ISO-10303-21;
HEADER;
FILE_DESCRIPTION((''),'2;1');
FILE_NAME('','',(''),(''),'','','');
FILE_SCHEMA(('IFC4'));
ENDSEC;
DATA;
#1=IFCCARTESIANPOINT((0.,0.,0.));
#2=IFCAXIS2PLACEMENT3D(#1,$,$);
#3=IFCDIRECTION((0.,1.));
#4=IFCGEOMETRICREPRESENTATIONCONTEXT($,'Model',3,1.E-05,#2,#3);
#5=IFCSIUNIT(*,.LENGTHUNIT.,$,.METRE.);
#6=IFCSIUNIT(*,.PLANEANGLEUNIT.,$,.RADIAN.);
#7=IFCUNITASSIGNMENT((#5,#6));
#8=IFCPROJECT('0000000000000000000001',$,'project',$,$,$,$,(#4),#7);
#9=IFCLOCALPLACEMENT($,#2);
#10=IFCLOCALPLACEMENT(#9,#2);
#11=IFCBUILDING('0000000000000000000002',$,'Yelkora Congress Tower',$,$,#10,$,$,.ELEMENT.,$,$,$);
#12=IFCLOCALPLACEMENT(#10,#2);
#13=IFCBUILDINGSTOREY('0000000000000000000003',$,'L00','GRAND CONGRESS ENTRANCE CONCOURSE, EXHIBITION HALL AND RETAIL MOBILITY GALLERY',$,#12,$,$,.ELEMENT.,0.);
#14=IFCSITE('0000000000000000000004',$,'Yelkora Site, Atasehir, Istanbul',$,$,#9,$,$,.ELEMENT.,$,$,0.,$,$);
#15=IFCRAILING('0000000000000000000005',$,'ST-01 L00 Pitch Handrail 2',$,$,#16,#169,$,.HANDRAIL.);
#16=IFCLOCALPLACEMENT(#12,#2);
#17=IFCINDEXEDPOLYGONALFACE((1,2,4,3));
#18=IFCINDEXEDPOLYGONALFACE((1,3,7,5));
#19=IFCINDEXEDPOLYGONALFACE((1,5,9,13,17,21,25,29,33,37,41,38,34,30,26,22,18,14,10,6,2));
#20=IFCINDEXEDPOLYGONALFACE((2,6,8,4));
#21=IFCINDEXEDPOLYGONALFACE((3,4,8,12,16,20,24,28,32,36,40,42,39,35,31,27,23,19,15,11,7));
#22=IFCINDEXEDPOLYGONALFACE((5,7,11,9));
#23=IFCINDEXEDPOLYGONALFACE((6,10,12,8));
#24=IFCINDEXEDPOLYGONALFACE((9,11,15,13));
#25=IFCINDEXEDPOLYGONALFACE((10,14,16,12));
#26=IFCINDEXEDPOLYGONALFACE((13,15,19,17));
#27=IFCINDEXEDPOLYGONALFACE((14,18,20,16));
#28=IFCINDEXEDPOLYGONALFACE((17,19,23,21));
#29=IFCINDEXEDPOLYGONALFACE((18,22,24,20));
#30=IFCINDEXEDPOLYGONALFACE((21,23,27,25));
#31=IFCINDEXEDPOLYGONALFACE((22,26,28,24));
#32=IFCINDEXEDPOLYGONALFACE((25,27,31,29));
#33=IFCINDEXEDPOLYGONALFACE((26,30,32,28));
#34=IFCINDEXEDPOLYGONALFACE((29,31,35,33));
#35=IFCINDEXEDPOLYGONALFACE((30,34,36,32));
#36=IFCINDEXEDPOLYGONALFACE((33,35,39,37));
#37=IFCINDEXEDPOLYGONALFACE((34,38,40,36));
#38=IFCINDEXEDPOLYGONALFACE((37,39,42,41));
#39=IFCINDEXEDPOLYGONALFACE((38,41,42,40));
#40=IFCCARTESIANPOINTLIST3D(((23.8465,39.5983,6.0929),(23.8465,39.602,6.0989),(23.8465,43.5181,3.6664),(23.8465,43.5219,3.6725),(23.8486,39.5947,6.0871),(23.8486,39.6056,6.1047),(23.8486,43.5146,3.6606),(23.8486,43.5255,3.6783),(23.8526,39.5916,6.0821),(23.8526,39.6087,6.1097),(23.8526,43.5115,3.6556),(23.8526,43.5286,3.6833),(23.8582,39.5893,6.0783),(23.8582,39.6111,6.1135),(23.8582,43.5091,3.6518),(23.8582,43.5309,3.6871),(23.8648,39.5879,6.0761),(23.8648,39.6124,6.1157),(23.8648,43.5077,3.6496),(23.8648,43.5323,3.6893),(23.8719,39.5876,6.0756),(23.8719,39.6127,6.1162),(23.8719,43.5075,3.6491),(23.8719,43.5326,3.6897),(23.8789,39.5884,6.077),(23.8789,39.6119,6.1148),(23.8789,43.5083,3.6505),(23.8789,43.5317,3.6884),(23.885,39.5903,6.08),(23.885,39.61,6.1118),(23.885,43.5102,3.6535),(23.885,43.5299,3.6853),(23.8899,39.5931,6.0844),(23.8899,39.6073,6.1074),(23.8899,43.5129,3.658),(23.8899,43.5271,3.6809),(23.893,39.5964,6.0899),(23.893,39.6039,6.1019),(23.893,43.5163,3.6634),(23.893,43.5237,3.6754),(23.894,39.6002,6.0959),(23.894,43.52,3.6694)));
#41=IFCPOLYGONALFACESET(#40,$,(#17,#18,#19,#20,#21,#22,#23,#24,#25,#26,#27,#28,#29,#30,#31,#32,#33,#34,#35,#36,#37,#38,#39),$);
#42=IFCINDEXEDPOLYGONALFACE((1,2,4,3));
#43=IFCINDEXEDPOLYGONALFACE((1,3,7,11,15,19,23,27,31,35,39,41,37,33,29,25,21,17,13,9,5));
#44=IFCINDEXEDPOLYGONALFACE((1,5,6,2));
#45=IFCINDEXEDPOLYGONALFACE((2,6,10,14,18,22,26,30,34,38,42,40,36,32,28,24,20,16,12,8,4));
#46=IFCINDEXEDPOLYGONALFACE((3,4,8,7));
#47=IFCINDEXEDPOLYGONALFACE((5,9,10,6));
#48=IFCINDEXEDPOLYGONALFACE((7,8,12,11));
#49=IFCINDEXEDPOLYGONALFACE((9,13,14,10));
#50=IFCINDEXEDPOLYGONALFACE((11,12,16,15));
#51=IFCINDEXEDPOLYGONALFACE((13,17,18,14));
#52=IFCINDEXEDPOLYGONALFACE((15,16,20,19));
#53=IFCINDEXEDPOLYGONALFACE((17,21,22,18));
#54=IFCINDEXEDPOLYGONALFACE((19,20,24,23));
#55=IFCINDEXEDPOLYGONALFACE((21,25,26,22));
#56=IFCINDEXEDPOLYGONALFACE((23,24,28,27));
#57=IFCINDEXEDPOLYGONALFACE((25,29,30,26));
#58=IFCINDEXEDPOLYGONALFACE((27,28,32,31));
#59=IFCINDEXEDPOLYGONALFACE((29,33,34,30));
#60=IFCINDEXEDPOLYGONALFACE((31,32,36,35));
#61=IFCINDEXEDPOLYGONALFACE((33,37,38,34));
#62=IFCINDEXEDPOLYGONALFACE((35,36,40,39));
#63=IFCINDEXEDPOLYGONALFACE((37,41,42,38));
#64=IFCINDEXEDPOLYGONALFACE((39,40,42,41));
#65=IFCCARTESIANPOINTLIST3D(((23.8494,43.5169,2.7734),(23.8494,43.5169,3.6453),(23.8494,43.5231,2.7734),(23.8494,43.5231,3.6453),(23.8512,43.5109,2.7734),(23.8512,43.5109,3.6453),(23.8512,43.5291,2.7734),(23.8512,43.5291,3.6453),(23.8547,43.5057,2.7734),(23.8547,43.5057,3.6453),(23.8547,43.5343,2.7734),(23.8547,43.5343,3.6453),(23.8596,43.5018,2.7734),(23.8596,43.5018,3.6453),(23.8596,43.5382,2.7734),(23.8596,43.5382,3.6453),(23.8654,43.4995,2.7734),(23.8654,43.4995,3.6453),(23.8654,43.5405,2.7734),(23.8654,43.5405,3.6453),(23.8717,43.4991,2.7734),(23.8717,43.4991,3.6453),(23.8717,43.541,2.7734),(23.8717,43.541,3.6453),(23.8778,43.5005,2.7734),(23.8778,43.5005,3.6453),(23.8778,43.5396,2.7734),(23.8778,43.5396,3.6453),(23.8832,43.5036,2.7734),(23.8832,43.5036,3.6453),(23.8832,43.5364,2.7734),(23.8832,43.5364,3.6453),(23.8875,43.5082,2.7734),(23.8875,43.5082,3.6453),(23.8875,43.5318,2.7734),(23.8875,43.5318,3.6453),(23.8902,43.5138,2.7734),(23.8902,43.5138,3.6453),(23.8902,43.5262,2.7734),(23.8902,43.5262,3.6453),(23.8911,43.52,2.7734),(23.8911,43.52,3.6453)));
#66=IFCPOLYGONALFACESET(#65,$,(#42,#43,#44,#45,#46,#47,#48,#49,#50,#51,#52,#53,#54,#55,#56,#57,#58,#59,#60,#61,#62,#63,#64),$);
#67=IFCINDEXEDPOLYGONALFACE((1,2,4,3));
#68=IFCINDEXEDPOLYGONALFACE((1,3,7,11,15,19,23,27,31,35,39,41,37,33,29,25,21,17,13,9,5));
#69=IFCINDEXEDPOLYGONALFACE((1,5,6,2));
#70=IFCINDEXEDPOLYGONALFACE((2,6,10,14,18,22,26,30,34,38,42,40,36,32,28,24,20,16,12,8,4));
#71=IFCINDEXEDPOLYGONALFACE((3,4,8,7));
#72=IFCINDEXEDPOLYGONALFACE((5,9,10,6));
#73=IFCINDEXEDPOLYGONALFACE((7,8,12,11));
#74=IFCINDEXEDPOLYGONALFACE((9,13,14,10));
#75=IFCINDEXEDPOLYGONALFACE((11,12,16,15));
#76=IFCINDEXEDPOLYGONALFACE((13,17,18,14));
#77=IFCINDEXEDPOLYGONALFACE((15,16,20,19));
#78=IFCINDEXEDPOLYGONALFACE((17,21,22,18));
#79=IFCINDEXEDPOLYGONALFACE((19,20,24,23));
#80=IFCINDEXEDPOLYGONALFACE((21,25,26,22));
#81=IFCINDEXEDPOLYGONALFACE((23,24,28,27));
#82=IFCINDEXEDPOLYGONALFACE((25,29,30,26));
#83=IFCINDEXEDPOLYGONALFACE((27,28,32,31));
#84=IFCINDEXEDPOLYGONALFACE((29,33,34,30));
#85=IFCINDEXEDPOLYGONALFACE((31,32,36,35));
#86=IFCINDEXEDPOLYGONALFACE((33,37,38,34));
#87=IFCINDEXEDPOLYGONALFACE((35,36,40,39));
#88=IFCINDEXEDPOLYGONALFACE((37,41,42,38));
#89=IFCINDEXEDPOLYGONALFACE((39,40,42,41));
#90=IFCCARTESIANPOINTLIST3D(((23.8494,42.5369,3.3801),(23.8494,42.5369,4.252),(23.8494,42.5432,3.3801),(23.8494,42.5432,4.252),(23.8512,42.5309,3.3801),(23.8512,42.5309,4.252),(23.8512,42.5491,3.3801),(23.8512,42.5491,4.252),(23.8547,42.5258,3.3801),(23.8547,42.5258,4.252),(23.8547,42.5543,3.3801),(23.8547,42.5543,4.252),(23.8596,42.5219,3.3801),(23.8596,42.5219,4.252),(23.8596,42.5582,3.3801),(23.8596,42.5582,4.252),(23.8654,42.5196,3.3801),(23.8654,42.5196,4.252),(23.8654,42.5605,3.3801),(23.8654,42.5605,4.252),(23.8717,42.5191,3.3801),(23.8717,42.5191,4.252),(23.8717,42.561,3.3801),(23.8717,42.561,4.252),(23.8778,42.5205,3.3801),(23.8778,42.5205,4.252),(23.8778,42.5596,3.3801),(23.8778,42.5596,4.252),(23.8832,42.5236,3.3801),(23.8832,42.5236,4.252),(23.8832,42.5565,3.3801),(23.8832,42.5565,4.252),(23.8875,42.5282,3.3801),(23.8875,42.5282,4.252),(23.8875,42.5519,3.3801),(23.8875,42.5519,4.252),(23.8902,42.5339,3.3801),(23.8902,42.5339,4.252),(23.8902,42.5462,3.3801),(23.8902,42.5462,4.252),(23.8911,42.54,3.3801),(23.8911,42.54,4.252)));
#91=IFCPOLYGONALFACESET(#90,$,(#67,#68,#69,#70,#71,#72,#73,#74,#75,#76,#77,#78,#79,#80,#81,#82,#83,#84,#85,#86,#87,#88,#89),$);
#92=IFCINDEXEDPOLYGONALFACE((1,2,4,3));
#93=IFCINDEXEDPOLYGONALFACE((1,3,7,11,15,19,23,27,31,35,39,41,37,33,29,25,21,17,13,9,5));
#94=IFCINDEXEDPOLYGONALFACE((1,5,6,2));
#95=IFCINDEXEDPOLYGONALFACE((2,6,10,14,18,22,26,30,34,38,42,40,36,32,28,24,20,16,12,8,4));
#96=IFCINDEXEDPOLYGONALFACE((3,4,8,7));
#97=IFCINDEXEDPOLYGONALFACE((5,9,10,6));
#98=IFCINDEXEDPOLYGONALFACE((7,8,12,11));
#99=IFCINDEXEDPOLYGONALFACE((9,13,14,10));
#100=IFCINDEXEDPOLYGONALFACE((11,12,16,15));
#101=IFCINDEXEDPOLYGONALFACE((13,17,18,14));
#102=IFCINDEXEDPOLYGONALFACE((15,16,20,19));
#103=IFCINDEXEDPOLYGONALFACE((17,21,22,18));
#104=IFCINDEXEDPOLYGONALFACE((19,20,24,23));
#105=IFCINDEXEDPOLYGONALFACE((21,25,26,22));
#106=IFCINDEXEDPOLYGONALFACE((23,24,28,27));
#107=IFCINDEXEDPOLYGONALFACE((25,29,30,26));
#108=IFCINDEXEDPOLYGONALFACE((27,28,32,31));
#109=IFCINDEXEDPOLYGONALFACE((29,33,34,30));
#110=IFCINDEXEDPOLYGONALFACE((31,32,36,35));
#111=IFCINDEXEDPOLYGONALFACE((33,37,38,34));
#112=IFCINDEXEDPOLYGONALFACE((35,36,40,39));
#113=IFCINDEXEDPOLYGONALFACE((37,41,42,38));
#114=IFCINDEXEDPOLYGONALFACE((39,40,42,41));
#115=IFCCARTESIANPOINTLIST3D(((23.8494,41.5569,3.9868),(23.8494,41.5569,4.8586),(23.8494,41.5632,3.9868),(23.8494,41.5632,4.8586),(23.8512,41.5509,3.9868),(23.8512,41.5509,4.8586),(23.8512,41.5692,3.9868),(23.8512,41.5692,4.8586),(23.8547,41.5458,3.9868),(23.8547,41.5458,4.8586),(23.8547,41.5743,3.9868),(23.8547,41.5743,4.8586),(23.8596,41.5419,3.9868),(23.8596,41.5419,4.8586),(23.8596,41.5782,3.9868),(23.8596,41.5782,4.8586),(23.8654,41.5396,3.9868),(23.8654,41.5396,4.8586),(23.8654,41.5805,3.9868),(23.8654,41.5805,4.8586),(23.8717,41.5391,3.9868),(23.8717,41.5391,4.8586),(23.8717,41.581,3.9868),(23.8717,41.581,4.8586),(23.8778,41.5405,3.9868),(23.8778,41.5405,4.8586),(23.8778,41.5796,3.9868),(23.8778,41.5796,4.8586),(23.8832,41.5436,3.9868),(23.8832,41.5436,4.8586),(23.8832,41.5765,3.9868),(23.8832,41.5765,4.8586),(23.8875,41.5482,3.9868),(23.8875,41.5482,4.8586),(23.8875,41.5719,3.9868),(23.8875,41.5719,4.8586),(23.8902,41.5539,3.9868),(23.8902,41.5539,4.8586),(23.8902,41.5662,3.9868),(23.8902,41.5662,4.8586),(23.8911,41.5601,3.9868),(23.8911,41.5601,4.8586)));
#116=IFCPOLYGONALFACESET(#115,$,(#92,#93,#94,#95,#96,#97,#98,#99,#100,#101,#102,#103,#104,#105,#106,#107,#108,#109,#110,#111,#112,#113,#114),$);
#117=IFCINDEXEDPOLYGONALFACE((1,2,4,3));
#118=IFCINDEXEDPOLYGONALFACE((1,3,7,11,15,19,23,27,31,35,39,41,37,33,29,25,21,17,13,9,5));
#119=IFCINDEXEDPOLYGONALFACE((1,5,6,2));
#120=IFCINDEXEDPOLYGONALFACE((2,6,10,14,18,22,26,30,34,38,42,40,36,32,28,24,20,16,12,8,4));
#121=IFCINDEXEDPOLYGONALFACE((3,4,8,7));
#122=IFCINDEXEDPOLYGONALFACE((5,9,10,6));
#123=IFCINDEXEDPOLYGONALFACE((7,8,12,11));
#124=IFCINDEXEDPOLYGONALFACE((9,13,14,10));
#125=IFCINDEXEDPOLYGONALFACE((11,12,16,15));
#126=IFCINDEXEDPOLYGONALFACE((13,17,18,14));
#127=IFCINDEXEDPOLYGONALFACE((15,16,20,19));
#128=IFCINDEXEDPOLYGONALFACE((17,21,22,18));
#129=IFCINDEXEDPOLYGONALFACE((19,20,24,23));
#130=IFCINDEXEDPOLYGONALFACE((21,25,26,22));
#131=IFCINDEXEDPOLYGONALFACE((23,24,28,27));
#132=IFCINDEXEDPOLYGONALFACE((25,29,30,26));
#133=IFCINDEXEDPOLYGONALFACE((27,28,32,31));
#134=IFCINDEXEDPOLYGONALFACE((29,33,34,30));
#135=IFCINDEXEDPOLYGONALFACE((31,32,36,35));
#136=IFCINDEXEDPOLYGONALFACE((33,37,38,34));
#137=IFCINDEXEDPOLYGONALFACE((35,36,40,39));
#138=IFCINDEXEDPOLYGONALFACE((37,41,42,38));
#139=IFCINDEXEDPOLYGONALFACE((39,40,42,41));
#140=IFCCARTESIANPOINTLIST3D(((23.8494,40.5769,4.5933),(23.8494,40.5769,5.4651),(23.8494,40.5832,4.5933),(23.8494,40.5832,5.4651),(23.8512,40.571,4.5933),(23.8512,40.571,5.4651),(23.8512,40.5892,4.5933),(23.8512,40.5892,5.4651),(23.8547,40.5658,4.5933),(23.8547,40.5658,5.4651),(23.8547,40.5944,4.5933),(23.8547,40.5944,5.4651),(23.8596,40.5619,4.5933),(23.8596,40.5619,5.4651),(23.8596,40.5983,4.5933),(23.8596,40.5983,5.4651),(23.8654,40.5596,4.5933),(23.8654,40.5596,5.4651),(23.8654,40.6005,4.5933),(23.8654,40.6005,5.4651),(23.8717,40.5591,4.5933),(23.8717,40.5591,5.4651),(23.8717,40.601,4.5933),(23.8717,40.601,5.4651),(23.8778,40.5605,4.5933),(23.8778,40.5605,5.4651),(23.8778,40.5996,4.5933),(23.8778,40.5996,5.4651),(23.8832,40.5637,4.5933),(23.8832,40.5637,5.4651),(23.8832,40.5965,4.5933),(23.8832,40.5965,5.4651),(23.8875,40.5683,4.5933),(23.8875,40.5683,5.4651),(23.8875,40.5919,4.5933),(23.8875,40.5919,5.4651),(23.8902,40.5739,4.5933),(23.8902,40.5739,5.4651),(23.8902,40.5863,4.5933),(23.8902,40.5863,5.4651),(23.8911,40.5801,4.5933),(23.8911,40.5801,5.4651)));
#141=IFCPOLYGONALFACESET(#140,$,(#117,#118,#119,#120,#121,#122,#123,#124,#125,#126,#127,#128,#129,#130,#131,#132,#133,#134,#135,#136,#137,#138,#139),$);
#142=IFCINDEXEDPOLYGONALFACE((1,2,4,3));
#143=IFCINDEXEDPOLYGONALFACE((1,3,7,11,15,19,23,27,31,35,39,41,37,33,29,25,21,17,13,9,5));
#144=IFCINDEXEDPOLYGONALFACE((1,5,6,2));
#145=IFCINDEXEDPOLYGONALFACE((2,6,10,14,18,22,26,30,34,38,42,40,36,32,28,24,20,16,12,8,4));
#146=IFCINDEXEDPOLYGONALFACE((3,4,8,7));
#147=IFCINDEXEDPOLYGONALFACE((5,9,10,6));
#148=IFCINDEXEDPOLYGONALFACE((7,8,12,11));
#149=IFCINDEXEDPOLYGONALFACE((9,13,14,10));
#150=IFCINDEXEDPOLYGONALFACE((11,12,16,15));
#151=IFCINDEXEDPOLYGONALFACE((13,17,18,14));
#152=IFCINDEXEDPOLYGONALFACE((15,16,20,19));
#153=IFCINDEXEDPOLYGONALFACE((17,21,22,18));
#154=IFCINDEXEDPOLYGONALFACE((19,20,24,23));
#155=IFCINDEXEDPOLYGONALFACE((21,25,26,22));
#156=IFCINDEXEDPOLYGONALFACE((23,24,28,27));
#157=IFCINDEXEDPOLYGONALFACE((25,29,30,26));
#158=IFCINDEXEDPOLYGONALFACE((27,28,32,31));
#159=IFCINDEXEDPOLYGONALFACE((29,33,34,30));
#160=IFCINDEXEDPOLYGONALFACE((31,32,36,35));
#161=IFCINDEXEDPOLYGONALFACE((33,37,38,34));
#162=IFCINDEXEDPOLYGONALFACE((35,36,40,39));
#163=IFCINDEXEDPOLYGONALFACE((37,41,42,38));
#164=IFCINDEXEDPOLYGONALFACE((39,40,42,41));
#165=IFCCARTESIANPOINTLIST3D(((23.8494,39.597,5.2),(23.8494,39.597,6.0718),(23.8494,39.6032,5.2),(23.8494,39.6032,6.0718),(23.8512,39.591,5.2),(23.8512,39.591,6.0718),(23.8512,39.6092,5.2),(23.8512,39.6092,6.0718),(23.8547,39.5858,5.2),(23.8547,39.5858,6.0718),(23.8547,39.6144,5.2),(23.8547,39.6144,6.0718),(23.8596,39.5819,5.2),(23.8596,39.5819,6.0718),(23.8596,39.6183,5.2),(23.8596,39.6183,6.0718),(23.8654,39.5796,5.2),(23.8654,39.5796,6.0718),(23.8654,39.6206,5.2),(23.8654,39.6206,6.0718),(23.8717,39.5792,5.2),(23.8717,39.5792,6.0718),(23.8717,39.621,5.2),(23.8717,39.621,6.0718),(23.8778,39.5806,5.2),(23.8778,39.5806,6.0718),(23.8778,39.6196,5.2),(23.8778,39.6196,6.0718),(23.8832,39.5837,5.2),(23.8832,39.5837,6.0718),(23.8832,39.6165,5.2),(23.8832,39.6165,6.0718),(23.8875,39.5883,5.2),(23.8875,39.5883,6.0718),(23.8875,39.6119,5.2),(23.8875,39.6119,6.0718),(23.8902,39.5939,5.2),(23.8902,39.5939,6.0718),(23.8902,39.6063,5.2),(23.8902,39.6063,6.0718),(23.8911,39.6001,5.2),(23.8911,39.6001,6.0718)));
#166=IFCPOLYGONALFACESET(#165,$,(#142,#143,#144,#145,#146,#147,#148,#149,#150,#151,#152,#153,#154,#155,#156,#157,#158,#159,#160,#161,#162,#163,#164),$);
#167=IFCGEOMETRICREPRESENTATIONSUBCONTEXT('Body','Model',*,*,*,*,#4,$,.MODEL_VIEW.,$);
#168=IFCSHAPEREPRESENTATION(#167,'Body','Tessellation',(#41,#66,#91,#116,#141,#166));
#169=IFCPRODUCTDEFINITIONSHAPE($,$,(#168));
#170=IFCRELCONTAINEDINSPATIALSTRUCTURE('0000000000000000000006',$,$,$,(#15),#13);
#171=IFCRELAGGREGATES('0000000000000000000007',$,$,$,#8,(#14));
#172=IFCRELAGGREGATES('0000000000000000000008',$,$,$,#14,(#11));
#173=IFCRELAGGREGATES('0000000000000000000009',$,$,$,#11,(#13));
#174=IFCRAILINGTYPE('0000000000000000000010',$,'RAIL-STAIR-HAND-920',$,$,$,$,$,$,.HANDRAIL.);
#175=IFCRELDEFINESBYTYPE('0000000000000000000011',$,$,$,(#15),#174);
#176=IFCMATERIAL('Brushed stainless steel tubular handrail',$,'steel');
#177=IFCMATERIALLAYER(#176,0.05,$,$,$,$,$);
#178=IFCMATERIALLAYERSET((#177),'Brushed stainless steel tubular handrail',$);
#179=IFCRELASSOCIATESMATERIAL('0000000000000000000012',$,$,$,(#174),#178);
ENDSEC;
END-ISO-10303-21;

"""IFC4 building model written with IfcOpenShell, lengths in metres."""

from ifc_helpers import new_model, si_unit, direction, frame, origin, origin_2d, place, context, subcontext, project, spatial, circle, extrude, material, layer, layer_set, type_object, element, save


model = new_model("IFC4")

# Units and contexts
model_context = context("Model", 3, precision=1e-05, world=origin(), true_north=direction((0.0, 1.0)))
body_context = subcontext(model_context, "Body", "Model", "MODEL_VIEW")
ifc_project = project(units=[si_unit("LENGTHUNIT", "METRE"), si_unit("PLANEANGLEUNIT", "RADIAN")], contexts=[model_context])

# Site, building, storey
site_placement = place(None, origin())
site = spatial("IfcSite", under=ifc_project, at=site_placement, Name="Yelkora Site, Atasehir, Istanbul", CompositionType="ELEMENT", RefElevation=0.0)
building_placement = place(site_placement, origin())
building = spatial("IfcBuilding", under=site, at=building_placement, Name="Yelkora Congress Tower", CompositionType="ELEMENT")
storey_placement = place(building_placement, origin())
storey = spatial("IfcBuildingStorey", under=building, at=storey_placement, Name="L00", Description="GRAND CONGRESS ENTRANCE CONCOURSE, EXHIBITION HALL AND RETAIL MOBILITY GALLERY", CompositionType="ELEMENT", Elevation=0.0)

# Railing
ifc_material_1 = material(Name="Brushed stainless steel tubular handrail", Category="steel")
ifc_layer_1 = layer(ifc_material_1, 0.05)
ifc_layer_set_1 = layer_set([ifc_layer_1], Name="Brushed stainless steel tubular handrail")
railing_type_1 = type_object("IfcRailingType", Name="RAIL-STAIR-HAND-920", PredefinedType="HANDRAIL", material=ifc_layer_set_1)
railing_1_placement = place(storey_placement, frame((23.8701, 43.52, 2.7734)))
element("IfcRailing", 1, at=railing_1_placement, inside=storey, type_object=railing_type_1, Name="ST-01 L00 Pitch Handrail 2", PredefinedType="HANDRAIL", context=body_context, shape_type="SweptSolid", body=[
    extrude(circle(Radius=0.0239, at=origin_2d()), frame((0.0, 0.0, 0.896), z_axis=(0.0, -0.850275, 0.526338), x_axis=(1.0, 0.0, 0.0)), (0.0, 0.0, 1.0), 4.6101),
    extrude(circle(Radius=0.021, at=origin_2d()), origin(), (0.0, 0.0, 1.0), 0.8718),
    extrude(circle(Radius=0.021, at=origin_2d()), frame((0.0, -0.98, 0.6067)), (0.0, 0.0, 1.0), 0.8718),
    extrude(circle(Radius=0.021, at=origin_2d()), frame((0.0, -1.96, 1.2134)), (0.0, 0.0, 1.0), 0.8718),
    extrude(circle(Radius=0.021, at=origin_2d()), frame((0.0, -2.9399, 1.8198)), (0.0, 0.0, 1.0), 0.8718),
    extrude(circle(Radius=0.021, at=origin_2d()), frame((0.0, -3.9199, 2.4265)), (0.0, 0.0, 1.0), 0.8718),
])

save(model, "model.ifc")
